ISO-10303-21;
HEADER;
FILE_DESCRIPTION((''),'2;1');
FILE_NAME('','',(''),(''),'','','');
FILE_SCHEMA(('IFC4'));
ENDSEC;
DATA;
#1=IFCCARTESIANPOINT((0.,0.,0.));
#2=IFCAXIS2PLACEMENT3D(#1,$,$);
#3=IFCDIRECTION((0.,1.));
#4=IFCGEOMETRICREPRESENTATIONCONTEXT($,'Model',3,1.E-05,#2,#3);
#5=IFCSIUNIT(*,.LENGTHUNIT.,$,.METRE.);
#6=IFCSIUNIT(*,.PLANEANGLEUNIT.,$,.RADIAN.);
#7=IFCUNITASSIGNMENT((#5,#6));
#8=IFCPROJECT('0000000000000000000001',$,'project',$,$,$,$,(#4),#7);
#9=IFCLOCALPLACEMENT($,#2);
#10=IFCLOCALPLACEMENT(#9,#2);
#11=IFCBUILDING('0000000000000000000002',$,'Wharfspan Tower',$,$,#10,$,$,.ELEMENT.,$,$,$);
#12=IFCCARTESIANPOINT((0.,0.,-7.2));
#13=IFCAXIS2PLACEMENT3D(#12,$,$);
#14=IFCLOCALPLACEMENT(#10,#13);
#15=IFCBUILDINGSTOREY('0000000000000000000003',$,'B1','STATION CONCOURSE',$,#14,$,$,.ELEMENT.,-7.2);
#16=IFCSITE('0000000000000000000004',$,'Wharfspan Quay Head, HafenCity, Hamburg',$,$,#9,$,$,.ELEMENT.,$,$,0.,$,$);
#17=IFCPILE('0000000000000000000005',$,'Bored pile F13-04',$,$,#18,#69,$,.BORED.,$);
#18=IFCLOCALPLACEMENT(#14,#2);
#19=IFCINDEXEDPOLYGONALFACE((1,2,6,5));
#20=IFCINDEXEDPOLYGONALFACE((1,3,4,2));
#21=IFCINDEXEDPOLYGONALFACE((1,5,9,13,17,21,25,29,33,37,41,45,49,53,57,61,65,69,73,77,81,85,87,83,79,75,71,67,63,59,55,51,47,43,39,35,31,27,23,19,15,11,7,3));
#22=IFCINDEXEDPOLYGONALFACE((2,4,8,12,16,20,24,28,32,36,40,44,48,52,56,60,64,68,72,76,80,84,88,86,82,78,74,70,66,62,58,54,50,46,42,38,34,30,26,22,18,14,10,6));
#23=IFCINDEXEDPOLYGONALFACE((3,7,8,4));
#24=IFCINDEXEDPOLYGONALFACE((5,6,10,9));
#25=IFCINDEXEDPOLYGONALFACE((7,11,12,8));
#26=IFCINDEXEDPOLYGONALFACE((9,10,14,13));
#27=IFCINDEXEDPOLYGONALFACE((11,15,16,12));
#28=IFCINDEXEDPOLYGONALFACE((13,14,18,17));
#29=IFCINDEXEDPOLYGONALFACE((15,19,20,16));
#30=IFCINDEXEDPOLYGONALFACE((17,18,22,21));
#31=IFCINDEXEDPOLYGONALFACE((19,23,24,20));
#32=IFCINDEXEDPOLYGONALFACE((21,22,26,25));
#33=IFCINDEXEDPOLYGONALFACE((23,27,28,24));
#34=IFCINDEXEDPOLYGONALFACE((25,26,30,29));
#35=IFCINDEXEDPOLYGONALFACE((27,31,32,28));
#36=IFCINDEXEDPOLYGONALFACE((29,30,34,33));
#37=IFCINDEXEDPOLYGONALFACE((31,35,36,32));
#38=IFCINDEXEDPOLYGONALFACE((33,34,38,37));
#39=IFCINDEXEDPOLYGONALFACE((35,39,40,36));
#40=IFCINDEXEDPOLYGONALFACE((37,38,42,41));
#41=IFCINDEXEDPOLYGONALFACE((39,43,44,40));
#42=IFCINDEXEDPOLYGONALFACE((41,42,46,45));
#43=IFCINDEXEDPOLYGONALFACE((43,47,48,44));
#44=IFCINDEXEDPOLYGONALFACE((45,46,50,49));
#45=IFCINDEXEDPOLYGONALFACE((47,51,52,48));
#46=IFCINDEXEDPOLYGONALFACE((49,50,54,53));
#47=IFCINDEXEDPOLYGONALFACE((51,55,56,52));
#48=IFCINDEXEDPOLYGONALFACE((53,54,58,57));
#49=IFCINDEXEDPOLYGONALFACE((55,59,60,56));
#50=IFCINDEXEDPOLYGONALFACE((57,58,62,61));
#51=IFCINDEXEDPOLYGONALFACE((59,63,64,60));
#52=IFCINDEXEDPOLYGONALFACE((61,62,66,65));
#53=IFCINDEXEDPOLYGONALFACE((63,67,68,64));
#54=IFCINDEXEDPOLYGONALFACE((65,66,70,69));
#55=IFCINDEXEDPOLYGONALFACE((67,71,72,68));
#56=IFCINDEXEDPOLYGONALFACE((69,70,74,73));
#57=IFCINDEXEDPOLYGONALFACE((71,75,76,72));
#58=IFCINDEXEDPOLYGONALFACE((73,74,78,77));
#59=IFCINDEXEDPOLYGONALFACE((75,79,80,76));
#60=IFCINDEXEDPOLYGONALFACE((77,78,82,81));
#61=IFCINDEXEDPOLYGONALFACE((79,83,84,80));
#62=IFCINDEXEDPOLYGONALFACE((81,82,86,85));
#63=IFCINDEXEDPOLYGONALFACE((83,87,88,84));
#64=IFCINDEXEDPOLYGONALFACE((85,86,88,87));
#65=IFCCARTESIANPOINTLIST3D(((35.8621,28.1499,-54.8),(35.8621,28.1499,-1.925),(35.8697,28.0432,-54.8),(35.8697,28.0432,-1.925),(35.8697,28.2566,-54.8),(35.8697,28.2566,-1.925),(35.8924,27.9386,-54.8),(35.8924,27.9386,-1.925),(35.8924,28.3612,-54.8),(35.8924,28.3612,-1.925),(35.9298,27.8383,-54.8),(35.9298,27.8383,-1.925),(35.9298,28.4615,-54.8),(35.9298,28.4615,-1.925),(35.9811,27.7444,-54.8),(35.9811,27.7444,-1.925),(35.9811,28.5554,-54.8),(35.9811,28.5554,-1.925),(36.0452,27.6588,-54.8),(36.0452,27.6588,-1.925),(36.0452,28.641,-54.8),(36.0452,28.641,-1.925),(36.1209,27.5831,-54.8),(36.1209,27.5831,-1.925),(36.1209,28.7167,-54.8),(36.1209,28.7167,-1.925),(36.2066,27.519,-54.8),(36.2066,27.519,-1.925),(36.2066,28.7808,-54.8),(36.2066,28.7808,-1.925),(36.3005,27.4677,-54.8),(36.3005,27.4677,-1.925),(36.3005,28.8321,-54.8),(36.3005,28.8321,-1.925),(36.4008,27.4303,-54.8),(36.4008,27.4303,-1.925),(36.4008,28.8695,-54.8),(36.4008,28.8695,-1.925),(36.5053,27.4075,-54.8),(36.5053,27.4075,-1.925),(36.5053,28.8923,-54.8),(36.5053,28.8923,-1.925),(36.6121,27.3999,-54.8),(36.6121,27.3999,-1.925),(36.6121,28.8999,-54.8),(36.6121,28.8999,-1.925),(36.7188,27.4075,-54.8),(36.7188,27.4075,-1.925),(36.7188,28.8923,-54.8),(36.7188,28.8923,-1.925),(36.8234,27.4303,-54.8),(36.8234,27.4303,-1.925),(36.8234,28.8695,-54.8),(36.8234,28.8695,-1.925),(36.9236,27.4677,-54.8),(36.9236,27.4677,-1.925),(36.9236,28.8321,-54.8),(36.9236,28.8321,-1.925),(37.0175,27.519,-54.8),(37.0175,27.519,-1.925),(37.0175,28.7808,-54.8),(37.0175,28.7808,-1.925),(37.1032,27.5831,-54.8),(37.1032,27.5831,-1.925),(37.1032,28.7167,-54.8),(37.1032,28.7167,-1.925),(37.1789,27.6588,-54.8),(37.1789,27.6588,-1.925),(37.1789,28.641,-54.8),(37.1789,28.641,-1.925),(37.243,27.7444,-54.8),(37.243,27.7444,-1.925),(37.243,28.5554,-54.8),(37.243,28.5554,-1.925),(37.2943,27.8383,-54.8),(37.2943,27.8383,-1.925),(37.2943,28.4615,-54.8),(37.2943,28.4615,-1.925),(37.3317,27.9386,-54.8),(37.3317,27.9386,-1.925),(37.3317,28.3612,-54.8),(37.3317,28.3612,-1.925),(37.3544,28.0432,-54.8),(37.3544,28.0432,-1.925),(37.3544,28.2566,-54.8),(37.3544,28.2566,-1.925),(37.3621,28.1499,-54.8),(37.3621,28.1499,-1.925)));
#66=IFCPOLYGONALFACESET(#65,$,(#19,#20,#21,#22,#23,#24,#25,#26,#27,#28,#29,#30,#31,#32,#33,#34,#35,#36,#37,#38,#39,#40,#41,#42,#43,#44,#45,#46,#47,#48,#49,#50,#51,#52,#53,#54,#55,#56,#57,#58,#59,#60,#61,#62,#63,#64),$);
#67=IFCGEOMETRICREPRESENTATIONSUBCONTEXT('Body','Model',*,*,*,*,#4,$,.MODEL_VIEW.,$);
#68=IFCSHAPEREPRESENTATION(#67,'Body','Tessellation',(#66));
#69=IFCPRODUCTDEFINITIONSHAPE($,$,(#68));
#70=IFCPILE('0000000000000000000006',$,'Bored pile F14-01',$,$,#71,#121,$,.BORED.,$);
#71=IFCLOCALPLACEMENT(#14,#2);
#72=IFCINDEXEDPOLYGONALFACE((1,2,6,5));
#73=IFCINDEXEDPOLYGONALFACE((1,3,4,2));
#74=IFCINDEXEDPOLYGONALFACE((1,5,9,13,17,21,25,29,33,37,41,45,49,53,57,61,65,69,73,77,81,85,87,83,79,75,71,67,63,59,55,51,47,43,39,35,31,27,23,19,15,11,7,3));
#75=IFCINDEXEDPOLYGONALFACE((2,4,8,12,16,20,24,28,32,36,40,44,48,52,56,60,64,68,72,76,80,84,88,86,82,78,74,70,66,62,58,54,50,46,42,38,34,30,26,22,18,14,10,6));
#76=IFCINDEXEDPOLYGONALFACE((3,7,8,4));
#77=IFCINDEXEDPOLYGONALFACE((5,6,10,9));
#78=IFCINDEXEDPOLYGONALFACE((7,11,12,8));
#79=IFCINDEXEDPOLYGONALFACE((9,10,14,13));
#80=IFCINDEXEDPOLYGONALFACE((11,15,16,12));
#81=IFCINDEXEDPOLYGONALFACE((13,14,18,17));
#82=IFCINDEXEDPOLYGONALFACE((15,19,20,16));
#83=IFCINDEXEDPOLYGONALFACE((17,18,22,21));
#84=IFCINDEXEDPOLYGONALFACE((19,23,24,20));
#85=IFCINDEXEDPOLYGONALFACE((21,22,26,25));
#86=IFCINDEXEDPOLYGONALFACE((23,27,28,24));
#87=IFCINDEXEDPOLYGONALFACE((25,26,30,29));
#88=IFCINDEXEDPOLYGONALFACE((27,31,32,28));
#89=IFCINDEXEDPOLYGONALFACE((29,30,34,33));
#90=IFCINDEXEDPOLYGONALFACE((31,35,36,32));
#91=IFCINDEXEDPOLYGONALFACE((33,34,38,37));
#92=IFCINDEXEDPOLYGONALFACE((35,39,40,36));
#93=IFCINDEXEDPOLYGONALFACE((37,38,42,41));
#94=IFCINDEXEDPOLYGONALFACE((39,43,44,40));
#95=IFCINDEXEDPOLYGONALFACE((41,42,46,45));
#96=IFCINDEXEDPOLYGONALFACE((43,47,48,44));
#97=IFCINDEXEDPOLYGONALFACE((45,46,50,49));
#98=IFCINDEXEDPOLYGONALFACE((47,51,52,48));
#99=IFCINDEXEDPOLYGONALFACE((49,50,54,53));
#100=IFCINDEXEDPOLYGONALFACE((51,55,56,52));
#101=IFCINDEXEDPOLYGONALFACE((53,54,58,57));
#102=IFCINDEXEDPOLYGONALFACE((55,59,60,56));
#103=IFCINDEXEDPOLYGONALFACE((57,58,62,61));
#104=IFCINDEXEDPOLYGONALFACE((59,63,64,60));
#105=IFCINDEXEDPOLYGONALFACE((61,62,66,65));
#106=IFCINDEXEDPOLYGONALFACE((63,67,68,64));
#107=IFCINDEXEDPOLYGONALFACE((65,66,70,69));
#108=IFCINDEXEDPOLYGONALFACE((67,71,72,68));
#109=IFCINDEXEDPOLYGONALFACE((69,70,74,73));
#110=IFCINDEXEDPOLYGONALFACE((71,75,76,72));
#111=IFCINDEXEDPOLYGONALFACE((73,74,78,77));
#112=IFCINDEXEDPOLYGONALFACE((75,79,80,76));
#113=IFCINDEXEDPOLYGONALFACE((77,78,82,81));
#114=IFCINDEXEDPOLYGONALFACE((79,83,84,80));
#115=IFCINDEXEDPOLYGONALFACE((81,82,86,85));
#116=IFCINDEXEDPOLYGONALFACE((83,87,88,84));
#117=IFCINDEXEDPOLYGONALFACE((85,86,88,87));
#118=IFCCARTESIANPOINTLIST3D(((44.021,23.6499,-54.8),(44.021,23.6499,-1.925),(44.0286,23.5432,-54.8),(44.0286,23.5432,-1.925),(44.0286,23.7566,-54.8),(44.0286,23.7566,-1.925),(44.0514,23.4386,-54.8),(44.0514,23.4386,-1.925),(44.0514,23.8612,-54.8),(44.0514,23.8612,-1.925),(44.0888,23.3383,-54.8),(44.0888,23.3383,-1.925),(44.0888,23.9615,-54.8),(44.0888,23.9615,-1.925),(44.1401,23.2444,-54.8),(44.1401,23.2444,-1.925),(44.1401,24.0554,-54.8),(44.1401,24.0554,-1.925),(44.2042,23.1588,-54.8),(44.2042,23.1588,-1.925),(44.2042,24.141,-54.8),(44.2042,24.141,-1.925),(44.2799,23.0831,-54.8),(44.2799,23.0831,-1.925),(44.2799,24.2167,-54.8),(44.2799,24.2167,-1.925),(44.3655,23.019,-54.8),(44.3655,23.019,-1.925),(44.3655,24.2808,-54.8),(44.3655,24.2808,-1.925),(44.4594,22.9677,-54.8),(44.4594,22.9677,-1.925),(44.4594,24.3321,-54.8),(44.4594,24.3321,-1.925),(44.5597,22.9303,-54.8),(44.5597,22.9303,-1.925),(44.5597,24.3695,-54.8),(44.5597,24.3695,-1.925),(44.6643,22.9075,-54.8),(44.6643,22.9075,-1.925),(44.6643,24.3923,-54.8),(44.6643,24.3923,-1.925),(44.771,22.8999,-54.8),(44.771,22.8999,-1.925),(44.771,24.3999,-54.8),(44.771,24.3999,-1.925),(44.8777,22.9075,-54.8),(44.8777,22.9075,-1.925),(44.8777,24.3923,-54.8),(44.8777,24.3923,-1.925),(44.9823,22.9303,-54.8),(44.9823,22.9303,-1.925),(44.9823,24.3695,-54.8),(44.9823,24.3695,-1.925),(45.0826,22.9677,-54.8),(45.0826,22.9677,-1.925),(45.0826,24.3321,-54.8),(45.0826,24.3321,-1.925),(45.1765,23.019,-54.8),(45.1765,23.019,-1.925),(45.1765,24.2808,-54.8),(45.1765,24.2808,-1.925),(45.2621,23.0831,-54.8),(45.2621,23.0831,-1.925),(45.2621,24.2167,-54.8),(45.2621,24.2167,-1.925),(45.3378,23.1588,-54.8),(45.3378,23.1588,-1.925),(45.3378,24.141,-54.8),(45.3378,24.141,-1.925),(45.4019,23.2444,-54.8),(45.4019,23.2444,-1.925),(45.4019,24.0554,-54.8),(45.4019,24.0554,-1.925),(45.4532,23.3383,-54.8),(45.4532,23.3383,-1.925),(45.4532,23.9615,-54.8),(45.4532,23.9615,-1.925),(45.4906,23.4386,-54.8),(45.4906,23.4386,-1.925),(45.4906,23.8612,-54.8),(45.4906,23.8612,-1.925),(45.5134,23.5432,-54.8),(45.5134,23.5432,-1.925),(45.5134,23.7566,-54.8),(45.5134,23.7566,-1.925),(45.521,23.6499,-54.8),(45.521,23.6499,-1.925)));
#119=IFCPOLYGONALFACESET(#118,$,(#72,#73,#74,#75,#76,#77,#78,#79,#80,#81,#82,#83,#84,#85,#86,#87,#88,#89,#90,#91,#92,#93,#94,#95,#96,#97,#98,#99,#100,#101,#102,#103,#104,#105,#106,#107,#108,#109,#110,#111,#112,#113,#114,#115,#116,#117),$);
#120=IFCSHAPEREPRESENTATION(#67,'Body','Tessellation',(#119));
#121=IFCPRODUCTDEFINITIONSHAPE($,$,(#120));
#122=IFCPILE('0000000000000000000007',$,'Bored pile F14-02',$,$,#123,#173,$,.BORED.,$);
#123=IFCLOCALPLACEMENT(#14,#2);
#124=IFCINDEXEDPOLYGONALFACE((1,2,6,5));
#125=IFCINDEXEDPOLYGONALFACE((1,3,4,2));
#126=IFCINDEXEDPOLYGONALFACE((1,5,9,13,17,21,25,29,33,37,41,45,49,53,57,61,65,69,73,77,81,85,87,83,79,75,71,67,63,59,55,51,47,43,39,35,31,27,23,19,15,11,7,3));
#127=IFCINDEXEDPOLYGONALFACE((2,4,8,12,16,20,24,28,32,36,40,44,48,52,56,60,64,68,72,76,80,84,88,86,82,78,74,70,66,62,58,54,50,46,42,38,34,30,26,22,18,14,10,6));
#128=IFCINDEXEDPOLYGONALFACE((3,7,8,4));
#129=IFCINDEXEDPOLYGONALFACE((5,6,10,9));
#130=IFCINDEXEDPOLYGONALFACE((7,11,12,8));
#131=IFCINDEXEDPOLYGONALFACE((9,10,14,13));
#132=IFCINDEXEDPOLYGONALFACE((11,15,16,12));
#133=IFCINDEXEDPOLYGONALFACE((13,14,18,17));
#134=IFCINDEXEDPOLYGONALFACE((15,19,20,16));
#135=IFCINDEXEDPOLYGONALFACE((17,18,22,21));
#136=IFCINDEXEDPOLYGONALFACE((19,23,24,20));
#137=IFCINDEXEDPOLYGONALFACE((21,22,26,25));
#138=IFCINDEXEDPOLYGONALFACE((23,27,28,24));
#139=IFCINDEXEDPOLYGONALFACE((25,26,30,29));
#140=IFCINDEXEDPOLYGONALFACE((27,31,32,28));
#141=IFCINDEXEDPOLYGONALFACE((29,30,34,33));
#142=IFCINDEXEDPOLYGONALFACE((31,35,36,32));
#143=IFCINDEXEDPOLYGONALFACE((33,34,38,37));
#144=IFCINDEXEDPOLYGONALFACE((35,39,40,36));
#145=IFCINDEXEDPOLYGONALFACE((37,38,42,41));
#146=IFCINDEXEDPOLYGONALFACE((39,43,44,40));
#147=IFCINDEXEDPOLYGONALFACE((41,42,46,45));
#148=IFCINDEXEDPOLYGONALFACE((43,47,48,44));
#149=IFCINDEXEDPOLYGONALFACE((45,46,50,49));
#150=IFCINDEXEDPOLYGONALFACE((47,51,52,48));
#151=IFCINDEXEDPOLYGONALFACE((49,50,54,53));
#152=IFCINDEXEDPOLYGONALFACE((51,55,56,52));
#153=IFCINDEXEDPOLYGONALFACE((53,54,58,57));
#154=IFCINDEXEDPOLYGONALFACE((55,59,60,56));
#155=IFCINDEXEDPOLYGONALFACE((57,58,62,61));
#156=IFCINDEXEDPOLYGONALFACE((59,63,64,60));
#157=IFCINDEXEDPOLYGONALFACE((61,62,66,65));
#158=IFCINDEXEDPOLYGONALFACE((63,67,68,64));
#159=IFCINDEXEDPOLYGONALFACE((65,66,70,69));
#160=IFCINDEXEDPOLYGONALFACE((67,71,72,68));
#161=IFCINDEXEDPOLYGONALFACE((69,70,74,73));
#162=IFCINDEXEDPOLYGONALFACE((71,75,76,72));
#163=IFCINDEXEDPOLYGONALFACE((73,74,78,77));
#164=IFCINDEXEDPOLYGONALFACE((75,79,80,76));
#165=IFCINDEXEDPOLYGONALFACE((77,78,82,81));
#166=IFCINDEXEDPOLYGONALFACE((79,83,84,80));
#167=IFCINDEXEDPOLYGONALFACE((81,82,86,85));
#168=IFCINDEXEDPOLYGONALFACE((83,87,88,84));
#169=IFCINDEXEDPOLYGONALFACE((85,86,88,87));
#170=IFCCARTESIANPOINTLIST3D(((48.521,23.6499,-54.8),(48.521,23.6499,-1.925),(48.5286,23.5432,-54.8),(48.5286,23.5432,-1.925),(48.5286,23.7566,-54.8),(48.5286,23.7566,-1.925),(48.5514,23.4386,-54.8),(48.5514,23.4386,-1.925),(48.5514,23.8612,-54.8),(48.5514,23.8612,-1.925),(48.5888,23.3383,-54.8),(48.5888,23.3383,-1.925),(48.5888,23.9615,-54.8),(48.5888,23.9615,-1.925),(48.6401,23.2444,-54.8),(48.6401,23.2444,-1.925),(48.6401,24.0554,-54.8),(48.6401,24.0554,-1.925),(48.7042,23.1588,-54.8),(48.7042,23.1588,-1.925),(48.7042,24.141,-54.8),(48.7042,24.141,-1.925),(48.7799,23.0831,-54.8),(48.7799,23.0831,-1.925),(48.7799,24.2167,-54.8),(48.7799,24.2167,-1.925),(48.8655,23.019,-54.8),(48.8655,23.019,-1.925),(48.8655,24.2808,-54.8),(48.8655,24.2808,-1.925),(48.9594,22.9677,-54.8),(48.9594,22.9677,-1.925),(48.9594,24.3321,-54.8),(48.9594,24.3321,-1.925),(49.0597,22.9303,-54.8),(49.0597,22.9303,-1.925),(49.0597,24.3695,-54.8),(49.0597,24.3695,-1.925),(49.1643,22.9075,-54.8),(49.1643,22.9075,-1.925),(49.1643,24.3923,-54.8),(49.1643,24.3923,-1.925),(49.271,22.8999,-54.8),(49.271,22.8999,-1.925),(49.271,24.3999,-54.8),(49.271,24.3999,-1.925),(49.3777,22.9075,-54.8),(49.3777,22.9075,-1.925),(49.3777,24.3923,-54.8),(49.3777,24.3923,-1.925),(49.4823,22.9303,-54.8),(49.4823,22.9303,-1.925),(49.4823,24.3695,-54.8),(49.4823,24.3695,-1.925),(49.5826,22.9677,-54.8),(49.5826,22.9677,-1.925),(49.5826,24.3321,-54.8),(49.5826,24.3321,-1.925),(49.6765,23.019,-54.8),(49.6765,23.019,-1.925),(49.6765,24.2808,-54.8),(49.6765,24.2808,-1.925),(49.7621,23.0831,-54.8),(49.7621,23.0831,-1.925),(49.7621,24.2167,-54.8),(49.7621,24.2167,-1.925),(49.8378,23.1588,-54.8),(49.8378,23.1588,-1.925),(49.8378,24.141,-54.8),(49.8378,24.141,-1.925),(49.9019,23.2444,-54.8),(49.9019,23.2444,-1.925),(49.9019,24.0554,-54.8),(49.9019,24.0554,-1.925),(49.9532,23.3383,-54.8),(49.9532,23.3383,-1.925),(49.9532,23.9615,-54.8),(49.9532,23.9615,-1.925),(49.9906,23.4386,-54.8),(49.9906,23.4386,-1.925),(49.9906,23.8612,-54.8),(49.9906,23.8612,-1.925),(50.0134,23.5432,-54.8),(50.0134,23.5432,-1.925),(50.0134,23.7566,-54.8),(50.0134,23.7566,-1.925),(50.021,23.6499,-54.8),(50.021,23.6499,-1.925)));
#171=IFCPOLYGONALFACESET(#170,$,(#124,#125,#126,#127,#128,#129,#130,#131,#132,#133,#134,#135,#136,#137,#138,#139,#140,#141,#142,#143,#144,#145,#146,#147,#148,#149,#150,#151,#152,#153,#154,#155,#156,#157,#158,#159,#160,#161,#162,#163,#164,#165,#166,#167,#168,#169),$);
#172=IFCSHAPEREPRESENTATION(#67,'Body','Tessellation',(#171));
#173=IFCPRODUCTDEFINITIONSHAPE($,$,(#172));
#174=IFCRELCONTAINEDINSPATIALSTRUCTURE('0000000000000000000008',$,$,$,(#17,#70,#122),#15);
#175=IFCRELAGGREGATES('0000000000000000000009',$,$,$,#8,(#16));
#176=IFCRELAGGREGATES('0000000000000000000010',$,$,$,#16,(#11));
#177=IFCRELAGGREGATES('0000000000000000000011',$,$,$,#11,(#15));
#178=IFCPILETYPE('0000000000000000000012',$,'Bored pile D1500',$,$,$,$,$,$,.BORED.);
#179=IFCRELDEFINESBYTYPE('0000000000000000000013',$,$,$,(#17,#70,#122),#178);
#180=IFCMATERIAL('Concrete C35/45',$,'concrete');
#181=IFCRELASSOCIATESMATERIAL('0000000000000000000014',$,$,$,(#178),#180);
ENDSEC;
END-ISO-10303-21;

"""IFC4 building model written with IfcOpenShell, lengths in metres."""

from ifc_helpers import new_model, si_unit, direction, frame, origin, origin_2d, place, context, subcontext, project, spatial, circle, extrude, material, material_profile, profile_set, type_object, element, save


model = new_model("IFC4")

# Units and contexts
model_context = context("Model", 3, precision=1e-05, world=origin(), true_north=direction((0.0, 1.0)))
body_context = subcontext(model_context, "Body", "Model", "MODEL_VIEW")
ifc_project = project(units=[si_unit("LENGTHUNIT", "METRE"), si_unit("PLANEANGLEUNIT", "RADIAN")], contexts=[model_context])

# Site, building, storey
site_placement = place(None, origin())
site = spatial("IfcSite", under=ifc_project, at=site_placement, Name="Wharfspan Quay Head, HafenCity, Hamburg", CompositionType="ELEMENT", RefElevation=0.0)
building_placement = place(site_placement, origin())
building = spatial("IfcBuilding", under=site, at=building_placement, Name="Wharfspan Tower", CompositionType="ELEMENT")
storey_placement = place(building_placement, frame((0.0, 0.0, -7.2)))
storey = spatial("IfcBuildingStorey", under=building, at=storey_placement, Name="B1", Description="STATION CONCOURSE", CompositionType="ELEMENT", Elevation=-7.2)

# Piles
ifc_material_1 = material(Name="Concrete C35/45", Category="concrete")
ifc_material_profile_1 = material_profile(ifc_material_1, circle(Radius=0.75, at=origin_2d()))
ifc_profile_set_1 = profile_set([ifc_material_profile_1], Name="Concrete C35/45")
pile_type = type_object("IfcPileType", Name="Bored pile D1500", PredefinedType="BORED", material=ifc_profile_set_1)
for number, where, z_axis, x_axis, name in (
    (1, (36.6121, 28.1499, -1.925), (0.0, 0.0, -1.0), (1.0, 0.0, 0.0), "Bored pile F13-04"),
    (2, (44.771, 23.6499, -1.925), (0.0, 0.0, -1.0), (1.0, 0.0, 0.0), "Bored pile F14-01"),
    (3, (49.271, 23.6499, -1.925), (0.0, 0.0, -1.0), (1.0, 0.0, 0.0), "Bored pile F14-02"),
):
    element("IfcPile", number, at=place(storey_placement, frame(where, z_axis=z_axis, x_axis=x_axis)), inside=storey, type_object=pile_type, Name=name, PredefinedType="BORED", context=body_context, shape_type="SweptSolid", body=[
        extrude(circle(Radius=0.75, at=origin_2d()), origin(), (0.0, 0.0, 1.0), 52.875),
    ])

save(model, "model.ifc")
